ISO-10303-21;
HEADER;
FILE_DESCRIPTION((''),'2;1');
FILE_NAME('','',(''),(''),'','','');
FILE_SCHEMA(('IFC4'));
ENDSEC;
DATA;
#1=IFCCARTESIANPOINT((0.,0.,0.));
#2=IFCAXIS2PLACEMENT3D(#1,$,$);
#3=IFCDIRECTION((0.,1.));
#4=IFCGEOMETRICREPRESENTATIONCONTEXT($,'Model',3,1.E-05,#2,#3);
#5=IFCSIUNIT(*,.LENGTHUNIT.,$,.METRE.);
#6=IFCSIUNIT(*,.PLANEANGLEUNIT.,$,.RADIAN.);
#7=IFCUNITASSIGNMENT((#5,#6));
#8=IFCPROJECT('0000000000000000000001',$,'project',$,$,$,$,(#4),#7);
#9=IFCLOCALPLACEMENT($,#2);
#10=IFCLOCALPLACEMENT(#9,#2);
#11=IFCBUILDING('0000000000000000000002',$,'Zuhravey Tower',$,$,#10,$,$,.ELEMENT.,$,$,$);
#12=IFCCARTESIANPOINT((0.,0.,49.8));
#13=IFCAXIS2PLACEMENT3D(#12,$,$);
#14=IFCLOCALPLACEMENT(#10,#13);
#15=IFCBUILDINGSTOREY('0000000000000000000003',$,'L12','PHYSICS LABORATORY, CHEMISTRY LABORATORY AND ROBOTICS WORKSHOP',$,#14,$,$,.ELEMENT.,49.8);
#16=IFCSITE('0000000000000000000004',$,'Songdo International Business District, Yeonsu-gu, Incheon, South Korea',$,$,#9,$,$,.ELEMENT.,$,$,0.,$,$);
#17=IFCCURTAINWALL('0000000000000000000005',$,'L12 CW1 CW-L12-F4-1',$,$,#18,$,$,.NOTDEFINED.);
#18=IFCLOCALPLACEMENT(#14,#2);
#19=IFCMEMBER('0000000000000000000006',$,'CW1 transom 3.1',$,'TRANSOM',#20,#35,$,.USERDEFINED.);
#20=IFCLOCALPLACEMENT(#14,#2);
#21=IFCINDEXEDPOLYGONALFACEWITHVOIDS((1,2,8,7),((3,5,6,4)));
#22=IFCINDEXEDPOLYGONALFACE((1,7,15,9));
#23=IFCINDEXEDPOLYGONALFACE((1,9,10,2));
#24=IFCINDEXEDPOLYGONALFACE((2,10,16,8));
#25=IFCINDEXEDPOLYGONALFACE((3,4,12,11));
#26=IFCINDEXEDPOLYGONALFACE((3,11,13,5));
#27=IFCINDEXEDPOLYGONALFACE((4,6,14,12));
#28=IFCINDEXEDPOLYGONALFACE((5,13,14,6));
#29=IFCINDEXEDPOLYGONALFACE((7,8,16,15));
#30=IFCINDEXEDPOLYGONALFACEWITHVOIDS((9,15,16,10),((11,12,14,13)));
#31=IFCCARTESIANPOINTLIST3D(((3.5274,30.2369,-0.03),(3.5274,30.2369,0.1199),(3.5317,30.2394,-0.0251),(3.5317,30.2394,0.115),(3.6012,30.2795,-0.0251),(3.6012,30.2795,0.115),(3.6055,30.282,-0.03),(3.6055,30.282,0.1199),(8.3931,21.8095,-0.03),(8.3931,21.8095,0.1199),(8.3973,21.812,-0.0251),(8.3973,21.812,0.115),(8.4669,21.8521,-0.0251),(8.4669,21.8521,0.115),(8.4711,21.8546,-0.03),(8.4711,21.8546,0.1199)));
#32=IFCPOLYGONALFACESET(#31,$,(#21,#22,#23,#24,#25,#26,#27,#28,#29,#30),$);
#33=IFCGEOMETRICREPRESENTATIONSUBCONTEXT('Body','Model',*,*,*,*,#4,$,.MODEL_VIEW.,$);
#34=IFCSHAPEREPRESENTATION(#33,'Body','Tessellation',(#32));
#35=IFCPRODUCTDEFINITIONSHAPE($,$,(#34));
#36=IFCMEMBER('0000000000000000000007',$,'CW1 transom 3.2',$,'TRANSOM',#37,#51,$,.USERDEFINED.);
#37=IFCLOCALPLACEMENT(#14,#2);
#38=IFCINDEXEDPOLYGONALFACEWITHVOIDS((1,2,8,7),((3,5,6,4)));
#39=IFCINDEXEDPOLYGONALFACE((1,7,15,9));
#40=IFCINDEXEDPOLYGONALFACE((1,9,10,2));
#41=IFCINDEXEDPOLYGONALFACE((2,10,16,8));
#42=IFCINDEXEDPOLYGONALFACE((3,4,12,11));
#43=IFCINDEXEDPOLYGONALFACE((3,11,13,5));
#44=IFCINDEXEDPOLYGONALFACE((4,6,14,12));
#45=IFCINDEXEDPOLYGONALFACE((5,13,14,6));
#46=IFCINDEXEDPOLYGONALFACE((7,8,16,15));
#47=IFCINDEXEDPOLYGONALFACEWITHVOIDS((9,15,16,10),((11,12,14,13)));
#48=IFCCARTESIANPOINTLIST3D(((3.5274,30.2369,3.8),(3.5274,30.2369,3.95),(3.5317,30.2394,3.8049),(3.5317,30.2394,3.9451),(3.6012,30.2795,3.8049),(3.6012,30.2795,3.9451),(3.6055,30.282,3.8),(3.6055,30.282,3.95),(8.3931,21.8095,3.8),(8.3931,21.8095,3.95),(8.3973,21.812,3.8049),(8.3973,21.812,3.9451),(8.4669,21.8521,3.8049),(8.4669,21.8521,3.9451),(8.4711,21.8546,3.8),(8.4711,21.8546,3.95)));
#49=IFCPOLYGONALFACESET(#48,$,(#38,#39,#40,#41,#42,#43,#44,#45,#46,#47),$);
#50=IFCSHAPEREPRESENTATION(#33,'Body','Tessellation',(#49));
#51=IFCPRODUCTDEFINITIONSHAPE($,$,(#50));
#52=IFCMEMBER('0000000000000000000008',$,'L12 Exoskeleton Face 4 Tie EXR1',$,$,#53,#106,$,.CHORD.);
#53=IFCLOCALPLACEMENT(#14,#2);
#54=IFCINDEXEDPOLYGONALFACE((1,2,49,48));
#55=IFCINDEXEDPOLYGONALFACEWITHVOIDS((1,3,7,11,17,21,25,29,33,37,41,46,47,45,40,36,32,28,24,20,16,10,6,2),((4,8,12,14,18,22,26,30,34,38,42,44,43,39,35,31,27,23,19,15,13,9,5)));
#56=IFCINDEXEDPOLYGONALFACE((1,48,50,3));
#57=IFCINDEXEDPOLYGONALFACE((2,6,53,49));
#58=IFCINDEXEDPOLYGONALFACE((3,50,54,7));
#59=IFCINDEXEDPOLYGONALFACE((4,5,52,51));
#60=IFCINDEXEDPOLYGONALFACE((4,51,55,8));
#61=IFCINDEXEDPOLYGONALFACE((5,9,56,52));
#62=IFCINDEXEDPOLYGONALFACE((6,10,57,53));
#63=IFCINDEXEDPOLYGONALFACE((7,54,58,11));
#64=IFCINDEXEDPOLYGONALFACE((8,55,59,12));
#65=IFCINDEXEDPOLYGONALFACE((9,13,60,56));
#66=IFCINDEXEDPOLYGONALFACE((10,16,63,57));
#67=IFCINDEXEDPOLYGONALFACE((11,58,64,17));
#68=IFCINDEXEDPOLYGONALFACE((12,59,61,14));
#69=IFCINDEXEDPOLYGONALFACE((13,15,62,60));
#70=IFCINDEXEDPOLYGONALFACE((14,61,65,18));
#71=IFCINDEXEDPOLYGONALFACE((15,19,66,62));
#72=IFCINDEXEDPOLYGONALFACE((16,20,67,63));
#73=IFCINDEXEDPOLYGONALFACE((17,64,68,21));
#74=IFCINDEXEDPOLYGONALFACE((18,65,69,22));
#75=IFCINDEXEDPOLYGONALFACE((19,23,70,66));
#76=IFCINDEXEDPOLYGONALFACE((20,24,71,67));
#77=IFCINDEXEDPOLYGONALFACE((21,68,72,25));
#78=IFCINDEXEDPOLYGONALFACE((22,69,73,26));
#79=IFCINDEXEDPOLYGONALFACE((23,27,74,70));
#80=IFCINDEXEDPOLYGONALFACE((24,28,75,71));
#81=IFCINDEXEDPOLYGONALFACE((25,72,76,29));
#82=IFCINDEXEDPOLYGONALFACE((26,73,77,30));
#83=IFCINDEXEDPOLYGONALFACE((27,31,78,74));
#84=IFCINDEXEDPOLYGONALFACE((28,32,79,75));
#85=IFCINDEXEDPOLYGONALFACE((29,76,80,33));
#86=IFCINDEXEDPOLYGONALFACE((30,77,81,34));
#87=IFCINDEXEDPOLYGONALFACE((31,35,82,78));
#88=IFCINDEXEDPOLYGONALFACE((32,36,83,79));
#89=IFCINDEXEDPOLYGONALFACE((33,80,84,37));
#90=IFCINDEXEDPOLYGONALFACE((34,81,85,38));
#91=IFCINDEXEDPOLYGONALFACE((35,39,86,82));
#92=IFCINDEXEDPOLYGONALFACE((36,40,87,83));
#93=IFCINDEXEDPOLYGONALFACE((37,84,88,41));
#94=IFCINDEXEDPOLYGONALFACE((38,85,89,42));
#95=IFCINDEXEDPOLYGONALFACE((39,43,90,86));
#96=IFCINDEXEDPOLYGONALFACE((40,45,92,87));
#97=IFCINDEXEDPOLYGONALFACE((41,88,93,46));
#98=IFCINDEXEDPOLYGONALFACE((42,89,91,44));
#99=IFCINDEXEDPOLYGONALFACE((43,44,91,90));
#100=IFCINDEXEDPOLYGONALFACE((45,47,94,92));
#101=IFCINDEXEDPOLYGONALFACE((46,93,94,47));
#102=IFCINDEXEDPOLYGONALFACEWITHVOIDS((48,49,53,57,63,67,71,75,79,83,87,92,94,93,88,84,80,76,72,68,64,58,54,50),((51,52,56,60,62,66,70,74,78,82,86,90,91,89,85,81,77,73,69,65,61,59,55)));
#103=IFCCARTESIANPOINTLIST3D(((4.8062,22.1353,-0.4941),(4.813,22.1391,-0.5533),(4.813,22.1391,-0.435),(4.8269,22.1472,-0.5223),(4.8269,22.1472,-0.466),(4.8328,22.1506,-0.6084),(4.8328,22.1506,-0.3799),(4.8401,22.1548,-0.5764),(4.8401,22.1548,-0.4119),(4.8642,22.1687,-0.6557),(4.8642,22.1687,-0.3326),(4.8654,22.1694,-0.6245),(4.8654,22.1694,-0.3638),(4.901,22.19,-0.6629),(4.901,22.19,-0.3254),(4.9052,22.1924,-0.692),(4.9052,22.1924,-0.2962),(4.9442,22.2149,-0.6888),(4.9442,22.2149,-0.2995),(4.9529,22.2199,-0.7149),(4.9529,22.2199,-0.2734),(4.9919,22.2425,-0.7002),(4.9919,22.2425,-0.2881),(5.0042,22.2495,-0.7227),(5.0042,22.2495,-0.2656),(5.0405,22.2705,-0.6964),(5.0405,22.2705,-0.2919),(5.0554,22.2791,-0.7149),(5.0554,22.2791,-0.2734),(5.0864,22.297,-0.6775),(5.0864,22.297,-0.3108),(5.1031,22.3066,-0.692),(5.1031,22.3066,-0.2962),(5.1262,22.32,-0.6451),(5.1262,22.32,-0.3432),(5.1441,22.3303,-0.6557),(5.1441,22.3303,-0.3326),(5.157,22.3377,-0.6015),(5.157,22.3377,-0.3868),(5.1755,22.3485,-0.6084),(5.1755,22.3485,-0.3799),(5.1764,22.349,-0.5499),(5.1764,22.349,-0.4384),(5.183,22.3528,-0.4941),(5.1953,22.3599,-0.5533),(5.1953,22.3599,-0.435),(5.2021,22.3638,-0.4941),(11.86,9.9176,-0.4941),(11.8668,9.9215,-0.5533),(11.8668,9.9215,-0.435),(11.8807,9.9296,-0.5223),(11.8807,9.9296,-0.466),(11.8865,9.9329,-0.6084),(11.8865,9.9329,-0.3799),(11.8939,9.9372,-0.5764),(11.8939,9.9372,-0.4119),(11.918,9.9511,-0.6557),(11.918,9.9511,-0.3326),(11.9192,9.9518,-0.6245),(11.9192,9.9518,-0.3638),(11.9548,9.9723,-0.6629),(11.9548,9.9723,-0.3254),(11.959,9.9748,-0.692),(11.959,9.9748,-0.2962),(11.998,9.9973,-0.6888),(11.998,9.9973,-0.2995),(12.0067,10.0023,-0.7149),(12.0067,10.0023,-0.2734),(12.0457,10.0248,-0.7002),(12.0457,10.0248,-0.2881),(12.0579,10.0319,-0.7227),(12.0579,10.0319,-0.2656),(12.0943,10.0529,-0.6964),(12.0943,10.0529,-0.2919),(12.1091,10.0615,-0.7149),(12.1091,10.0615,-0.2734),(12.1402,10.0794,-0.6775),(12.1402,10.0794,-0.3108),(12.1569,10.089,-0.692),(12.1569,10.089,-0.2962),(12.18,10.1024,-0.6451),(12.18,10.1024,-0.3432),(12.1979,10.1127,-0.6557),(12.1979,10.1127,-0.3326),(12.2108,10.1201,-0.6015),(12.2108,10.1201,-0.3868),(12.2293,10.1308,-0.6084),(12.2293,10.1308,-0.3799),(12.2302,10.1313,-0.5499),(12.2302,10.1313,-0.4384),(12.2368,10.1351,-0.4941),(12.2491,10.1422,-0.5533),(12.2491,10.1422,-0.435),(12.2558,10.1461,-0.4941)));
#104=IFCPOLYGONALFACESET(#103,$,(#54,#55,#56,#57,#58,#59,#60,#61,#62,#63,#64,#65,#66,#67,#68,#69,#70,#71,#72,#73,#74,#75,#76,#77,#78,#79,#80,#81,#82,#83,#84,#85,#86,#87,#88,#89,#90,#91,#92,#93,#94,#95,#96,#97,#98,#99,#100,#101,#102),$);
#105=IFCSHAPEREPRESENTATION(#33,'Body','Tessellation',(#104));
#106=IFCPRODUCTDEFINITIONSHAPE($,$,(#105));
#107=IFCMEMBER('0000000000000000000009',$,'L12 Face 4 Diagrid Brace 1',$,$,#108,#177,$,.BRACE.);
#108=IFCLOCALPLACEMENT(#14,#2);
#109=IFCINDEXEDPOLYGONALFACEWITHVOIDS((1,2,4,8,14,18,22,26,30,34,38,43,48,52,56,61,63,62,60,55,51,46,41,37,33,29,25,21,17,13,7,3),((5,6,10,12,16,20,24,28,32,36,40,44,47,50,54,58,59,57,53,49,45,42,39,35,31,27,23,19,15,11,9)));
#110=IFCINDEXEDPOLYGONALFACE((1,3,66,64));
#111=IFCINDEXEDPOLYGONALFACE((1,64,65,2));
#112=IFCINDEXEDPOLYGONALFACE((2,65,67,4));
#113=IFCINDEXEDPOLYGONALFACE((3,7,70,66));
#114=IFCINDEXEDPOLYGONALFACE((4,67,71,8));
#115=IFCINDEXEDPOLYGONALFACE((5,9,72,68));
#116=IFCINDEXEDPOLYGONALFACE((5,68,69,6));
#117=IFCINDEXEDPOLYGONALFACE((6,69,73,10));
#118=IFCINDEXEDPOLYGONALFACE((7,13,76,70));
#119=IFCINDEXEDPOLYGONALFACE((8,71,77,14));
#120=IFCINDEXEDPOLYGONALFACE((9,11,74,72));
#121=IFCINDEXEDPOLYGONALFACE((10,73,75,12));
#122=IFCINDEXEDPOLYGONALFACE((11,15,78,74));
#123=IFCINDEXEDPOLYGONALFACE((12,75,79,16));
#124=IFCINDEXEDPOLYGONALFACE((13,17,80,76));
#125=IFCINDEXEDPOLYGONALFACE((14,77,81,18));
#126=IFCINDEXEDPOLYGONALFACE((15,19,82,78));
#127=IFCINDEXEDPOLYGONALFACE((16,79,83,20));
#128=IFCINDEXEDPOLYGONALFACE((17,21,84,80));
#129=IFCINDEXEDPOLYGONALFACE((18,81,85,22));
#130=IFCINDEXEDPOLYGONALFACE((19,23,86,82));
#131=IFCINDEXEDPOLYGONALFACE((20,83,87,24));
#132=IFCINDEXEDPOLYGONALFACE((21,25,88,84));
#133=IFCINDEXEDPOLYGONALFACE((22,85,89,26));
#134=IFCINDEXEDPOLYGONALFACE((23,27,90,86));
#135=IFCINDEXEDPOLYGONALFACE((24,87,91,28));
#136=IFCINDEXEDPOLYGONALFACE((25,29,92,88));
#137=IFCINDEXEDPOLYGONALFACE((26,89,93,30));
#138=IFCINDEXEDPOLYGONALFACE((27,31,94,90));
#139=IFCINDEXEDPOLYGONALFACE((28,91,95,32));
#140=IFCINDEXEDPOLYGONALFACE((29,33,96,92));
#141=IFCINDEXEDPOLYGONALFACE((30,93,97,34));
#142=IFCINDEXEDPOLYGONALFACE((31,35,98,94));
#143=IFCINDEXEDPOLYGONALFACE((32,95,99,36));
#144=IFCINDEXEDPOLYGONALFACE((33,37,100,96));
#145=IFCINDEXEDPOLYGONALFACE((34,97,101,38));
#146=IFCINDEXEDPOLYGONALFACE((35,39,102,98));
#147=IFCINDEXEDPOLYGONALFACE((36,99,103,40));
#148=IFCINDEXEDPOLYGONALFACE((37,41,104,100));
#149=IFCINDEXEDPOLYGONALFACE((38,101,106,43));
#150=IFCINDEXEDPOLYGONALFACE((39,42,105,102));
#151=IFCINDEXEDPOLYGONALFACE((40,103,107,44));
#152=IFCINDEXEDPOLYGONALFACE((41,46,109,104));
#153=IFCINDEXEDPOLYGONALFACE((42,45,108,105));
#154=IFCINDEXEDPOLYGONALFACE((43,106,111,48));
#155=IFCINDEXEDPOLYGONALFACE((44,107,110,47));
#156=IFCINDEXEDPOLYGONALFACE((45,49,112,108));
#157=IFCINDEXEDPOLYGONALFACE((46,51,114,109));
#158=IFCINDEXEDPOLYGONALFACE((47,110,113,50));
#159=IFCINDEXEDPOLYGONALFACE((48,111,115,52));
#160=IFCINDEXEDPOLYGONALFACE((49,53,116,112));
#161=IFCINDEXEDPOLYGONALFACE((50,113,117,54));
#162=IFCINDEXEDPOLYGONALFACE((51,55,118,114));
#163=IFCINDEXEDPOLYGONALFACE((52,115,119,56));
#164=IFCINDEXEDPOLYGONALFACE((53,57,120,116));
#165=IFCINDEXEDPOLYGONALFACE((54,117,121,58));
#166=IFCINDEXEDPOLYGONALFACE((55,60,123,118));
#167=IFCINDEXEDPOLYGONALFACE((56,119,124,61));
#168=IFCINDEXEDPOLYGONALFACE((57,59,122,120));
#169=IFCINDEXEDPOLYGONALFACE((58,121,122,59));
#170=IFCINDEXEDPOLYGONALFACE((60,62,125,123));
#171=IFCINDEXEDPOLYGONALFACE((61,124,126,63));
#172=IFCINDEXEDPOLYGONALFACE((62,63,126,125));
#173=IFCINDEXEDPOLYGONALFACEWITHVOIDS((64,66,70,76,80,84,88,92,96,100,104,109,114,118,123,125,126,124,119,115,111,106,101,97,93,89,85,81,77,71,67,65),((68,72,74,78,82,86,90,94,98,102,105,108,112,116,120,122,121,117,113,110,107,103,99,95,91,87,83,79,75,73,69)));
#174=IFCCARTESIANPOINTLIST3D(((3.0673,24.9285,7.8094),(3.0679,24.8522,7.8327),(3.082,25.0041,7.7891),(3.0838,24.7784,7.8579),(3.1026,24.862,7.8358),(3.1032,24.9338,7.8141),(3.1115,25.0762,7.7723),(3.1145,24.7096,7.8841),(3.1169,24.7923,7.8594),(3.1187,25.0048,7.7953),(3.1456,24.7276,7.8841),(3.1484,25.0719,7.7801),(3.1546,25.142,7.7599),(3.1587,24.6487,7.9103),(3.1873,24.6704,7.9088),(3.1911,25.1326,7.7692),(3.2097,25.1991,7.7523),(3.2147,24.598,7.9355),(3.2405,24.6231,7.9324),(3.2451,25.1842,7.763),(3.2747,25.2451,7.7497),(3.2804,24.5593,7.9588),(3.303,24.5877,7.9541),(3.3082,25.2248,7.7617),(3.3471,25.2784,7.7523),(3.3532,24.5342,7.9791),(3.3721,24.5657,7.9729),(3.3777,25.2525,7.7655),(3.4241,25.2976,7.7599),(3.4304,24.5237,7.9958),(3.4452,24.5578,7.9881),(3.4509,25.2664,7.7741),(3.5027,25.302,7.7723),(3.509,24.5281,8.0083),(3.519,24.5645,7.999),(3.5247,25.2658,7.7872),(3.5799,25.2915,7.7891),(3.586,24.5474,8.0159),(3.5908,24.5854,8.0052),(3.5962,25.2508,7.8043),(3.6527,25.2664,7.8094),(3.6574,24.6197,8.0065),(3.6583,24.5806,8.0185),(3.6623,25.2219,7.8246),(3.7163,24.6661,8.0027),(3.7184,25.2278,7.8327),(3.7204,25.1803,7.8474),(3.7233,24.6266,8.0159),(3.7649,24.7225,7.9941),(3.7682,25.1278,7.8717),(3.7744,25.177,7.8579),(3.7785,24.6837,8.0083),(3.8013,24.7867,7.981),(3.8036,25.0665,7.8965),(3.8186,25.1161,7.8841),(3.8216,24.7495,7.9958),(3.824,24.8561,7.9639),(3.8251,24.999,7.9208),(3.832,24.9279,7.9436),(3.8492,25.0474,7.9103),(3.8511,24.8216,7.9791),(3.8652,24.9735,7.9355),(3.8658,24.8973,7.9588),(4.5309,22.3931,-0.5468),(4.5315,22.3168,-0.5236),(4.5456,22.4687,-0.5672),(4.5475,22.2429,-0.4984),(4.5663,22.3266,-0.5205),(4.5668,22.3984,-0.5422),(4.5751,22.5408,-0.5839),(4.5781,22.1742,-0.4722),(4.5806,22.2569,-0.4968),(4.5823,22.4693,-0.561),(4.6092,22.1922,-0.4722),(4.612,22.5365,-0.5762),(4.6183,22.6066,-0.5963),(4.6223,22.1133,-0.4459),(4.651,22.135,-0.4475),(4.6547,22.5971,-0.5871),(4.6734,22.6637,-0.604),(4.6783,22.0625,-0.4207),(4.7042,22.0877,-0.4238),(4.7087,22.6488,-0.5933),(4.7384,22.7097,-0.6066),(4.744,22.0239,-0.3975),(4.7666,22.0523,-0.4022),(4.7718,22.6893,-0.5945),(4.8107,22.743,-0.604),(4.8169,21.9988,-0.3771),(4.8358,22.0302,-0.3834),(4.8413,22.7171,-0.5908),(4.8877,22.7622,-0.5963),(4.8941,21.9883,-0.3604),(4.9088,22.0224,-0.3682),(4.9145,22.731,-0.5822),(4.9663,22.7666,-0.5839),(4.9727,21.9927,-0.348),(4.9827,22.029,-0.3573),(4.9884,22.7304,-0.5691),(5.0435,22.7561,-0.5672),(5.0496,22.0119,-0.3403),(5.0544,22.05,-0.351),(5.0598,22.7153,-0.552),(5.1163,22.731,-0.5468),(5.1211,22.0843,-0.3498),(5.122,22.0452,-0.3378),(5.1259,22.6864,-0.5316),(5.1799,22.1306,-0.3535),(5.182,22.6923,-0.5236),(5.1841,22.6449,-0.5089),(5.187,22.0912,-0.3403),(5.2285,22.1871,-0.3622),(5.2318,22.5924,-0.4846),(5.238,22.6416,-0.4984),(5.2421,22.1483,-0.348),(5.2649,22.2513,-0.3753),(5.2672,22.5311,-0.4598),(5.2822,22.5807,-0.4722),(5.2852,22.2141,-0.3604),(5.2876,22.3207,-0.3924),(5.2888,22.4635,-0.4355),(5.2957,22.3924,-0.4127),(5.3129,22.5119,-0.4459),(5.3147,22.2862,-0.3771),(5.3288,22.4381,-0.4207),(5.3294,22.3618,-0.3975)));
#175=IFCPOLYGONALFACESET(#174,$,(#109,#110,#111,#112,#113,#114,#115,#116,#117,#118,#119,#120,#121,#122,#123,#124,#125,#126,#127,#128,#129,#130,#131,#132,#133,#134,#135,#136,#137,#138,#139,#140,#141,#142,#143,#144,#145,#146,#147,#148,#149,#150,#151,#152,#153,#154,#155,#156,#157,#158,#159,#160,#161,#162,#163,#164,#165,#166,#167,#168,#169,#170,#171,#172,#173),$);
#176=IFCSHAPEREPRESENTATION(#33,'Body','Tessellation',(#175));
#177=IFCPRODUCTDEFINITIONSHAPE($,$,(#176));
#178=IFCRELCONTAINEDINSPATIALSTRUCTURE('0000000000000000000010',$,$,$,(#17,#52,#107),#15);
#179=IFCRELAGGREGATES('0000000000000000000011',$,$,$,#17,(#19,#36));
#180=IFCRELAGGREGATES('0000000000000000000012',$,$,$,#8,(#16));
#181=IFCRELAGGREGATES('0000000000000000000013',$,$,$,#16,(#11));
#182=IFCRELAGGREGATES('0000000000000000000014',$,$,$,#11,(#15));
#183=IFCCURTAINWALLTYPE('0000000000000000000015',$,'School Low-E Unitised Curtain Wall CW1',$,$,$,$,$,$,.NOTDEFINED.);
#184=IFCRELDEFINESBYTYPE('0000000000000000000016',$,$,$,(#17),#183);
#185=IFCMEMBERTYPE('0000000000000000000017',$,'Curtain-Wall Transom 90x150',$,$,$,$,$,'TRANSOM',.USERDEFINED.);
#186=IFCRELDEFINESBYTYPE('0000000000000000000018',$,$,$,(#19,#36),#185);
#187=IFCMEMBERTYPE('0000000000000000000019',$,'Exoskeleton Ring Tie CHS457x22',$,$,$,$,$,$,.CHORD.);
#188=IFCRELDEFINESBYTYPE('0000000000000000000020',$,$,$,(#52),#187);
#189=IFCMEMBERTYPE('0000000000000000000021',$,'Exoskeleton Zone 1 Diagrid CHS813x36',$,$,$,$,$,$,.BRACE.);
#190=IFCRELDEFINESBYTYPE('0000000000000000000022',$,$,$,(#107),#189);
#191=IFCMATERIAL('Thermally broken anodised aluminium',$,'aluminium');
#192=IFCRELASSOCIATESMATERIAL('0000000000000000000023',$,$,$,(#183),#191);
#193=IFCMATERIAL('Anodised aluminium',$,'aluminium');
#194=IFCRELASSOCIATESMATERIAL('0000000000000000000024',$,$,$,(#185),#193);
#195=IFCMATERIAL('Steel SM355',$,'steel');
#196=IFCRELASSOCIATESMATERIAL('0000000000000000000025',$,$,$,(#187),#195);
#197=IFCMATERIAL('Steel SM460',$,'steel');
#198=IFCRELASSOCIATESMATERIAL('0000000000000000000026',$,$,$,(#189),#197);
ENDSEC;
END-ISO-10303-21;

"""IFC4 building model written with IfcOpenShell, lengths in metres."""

from ifc_helpers import new_model, si_unit, direction, frame, origin, origin_2d, place, context, subcontext, project, spatial, hollow_rectangle, hollow_circle, extrude, material, material_profile, profile_set, type_object, element, aggregate, save


model = new_model("IFC4")

# Units and contexts
model_context = context("Model", 3, precision=1e-05, world=origin(), true_north=direction((0.0, 1.0)))
body_context = subcontext(model_context, "Body", "Model", "MODEL_VIEW")
ifc_project = project(units=[si_unit("LENGTHUNIT", "METRE"), si_unit("PLANEANGLEUNIT", "RADIAN")], contexts=[model_context])

# Site, building, storey
site_placement = place(None, origin())
site = spatial("IfcSite", under=ifc_project, at=site_placement, Name="Songdo International Business District, Yeonsu-gu, Incheon, South Korea", CompositionType="ELEMENT", RefElevation=0.0)
building_placement = place(site_placement, origin())
building = spatial("IfcBuilding", under=site, at=building_placement, Name="Zuhravey Tower", CompositionType="ELEMENT")
storey_placement = place(building_placement, frame((0.0, 0.0, 49.8)))
storey = spatial("IfcBuildingStorey", under=building, at=storey_placement, Name="L12", Description="PHYSICS LABORATORY, CHEMISTRY LABORATORY AND ROBOTICS WORKSHOP", CompositionType="ELEMENT", Elevation=49.8)

# Shared definitions
ifc_material_1 = material(Name="Thermally broken anodised aluminium", Category="aluminium")
curtain_wall_type = type_object("IfcCurtainWallType", Name="School Low-E Unitised Curtain Wall CW1", PredefinedType="NOTDEFINED", material=ifc_material_1)
ifc_material_2 = material(Name="Anodised aluminium", Category="aluminium")

# Curtain wall, members
curtain_wall_1_placement = place(storey_placement, origin())
curtain_wall_1 = element("IfcCurtainWall", 1, at=curtain_wall_1_placement, inside=storey, type_object=curtain_wall_type, Name="L12 CW1 CW-L12-F4-1", PredefinedType="NOTDEFINED")
ifc_material_profile_1 = material_profile(ifc_material_2, hollow_rectangle(XDim=0.0901, YDim=0.1499, WallThickness=0.0049, at=origin_2d()), Name="ALU-RHS-90x150x5")
ifc_profile_set_1 = profile_set([ifc_material_profile_1], Name="Anodised aluminium")
member_type_1 = type_object("IfcMemberType", Name="Curtain-Wall Transom 90x150", ElementType="TRANSOM", PredefinedType="USERDEFINED", material=ifc_profile_set_1)
member_1_placement = place(storey_placement, frame((8.4321, 21.832, 0.0449), z_axis=(-0.500008, 0.866021, 0.0), x_axis=(-0.866021, -0.500008, 0.0)))
member_1 = element("IfcMember", 2, at=member_1_placement, type_object=member_type_1, Name="CW1 transom 3.1", ObjectType="TRANSOM", PredefinedType="USERDEFINED", context=body_context, shape_type="SweptSolid", body=[
    extrude(hollow_rectangle(XDim=0.0901, YDim=0.1499, WallThickness=0.0049, at=origin_2d()), origin(), (0.0, 0.0, 1.0), 9.7312),
])
member_2_placement = place(storey_placement, frame((8.4321, 21.832, 3.875), z_axis=(-0.500008, 0.866021, 0.0), x_axis=(-0.866021, -0.500008, 0.0)))
member_2 = element("IfcMember", 3, at=member_2_placement, type_object=member_type_1, Name="CW1 transom 3.2", ObjectType="TRANSOM", PredefinedType="USERDEFINED", context=body_context, shape_type="SweptSolid", body=[
    extrude(hollow_rectangle(XDim=0.0901, YDim=0.1499, WallThickness=0.0049, at=origin_2d()), origin(), (0.0, 0.0, 1.0), 9.7312),
])

# Members
ifc_material_3 = material(Name="Steel SM355", Category="steel")
ifc_material_profile_2 = material_profile(ifc_material_3, hollow_circle(Radius=0.2285, WallThickness=0.022, at=origin_2d()), Name="CHS-457.2x22")
ifc_profile_set_2 = profile_set([ifc_material_profile_2], Name="Steel SM355")
member_type_2 = type_object("IfcMemberType", Name="Exoskeleton Ring Tie CHS457x22", PredefinedType="CHORD", material=ifc_profile_set_2)
member_3_placement = place(storey_placement, frame((5.0042, 22.2495, -0.4941), z_axis=(0.499996, -0.866028, 0.0), x_axis=(0.866028, 0.499996, 0.0)))
element("IfcMember", 4, at=member_3_placement, inside=storey, type_object=member_type_2, Name="L12 Exoskeleton Face 4 Tie EXR1", PredefinedType="CHORD", context=body_context, shape_type="SweptSolid", body=[
    extrude(hollow_circle(Radius=0.2285, WallThickness=0.022, at=origin_2d()), origin(), (0.0, 0.0, 1.0), 14.1077),
])
ifc_material_4 = material(Name="Steel SM460", Category="steel")
ifc_material_profile_3 = material_profile(ifc_material_4, hollow_circle(Radius=0.4065, WallThickness=0.0359, at=origin_2d()), Name="CHS-812.8x36")
ifc_profile_set_3 = profile_set([ifc_material_profile_3], Name="Steel SM460")
member_type_3 = type_object("IfcMemberType", Name="Exoskeleton Zone 1 Diagrid CHS813x36", PredefinedType="BRACE", material=ifc_profile_set_3)
member_4_placement = place(storey_placement, frame((4.9302, 22.3774, -0.4722), z_axis=(-0.165303, 0.286351, 0.943758), x_axis=(-0.866054, -0.499951, 0.0)))
element("IfcMember", 5, at=member_4_placement, inside=storey, type_object=member_type_3, Name="L12 Face 4 Diagrid Brace 1", PredefinedType="BRACE", context=body_context, shape_type="SweptSolid", body=[
    extrude(hollow_circle(Radius=0.4065, WallThickness=0.0359, at=origin_2d()), origin(), (0.0, 0.0, 1.0), 8.8542),
])

aggregate(curtain_wall_1, [member_1, member_2])

save(model, "model.ifc")
